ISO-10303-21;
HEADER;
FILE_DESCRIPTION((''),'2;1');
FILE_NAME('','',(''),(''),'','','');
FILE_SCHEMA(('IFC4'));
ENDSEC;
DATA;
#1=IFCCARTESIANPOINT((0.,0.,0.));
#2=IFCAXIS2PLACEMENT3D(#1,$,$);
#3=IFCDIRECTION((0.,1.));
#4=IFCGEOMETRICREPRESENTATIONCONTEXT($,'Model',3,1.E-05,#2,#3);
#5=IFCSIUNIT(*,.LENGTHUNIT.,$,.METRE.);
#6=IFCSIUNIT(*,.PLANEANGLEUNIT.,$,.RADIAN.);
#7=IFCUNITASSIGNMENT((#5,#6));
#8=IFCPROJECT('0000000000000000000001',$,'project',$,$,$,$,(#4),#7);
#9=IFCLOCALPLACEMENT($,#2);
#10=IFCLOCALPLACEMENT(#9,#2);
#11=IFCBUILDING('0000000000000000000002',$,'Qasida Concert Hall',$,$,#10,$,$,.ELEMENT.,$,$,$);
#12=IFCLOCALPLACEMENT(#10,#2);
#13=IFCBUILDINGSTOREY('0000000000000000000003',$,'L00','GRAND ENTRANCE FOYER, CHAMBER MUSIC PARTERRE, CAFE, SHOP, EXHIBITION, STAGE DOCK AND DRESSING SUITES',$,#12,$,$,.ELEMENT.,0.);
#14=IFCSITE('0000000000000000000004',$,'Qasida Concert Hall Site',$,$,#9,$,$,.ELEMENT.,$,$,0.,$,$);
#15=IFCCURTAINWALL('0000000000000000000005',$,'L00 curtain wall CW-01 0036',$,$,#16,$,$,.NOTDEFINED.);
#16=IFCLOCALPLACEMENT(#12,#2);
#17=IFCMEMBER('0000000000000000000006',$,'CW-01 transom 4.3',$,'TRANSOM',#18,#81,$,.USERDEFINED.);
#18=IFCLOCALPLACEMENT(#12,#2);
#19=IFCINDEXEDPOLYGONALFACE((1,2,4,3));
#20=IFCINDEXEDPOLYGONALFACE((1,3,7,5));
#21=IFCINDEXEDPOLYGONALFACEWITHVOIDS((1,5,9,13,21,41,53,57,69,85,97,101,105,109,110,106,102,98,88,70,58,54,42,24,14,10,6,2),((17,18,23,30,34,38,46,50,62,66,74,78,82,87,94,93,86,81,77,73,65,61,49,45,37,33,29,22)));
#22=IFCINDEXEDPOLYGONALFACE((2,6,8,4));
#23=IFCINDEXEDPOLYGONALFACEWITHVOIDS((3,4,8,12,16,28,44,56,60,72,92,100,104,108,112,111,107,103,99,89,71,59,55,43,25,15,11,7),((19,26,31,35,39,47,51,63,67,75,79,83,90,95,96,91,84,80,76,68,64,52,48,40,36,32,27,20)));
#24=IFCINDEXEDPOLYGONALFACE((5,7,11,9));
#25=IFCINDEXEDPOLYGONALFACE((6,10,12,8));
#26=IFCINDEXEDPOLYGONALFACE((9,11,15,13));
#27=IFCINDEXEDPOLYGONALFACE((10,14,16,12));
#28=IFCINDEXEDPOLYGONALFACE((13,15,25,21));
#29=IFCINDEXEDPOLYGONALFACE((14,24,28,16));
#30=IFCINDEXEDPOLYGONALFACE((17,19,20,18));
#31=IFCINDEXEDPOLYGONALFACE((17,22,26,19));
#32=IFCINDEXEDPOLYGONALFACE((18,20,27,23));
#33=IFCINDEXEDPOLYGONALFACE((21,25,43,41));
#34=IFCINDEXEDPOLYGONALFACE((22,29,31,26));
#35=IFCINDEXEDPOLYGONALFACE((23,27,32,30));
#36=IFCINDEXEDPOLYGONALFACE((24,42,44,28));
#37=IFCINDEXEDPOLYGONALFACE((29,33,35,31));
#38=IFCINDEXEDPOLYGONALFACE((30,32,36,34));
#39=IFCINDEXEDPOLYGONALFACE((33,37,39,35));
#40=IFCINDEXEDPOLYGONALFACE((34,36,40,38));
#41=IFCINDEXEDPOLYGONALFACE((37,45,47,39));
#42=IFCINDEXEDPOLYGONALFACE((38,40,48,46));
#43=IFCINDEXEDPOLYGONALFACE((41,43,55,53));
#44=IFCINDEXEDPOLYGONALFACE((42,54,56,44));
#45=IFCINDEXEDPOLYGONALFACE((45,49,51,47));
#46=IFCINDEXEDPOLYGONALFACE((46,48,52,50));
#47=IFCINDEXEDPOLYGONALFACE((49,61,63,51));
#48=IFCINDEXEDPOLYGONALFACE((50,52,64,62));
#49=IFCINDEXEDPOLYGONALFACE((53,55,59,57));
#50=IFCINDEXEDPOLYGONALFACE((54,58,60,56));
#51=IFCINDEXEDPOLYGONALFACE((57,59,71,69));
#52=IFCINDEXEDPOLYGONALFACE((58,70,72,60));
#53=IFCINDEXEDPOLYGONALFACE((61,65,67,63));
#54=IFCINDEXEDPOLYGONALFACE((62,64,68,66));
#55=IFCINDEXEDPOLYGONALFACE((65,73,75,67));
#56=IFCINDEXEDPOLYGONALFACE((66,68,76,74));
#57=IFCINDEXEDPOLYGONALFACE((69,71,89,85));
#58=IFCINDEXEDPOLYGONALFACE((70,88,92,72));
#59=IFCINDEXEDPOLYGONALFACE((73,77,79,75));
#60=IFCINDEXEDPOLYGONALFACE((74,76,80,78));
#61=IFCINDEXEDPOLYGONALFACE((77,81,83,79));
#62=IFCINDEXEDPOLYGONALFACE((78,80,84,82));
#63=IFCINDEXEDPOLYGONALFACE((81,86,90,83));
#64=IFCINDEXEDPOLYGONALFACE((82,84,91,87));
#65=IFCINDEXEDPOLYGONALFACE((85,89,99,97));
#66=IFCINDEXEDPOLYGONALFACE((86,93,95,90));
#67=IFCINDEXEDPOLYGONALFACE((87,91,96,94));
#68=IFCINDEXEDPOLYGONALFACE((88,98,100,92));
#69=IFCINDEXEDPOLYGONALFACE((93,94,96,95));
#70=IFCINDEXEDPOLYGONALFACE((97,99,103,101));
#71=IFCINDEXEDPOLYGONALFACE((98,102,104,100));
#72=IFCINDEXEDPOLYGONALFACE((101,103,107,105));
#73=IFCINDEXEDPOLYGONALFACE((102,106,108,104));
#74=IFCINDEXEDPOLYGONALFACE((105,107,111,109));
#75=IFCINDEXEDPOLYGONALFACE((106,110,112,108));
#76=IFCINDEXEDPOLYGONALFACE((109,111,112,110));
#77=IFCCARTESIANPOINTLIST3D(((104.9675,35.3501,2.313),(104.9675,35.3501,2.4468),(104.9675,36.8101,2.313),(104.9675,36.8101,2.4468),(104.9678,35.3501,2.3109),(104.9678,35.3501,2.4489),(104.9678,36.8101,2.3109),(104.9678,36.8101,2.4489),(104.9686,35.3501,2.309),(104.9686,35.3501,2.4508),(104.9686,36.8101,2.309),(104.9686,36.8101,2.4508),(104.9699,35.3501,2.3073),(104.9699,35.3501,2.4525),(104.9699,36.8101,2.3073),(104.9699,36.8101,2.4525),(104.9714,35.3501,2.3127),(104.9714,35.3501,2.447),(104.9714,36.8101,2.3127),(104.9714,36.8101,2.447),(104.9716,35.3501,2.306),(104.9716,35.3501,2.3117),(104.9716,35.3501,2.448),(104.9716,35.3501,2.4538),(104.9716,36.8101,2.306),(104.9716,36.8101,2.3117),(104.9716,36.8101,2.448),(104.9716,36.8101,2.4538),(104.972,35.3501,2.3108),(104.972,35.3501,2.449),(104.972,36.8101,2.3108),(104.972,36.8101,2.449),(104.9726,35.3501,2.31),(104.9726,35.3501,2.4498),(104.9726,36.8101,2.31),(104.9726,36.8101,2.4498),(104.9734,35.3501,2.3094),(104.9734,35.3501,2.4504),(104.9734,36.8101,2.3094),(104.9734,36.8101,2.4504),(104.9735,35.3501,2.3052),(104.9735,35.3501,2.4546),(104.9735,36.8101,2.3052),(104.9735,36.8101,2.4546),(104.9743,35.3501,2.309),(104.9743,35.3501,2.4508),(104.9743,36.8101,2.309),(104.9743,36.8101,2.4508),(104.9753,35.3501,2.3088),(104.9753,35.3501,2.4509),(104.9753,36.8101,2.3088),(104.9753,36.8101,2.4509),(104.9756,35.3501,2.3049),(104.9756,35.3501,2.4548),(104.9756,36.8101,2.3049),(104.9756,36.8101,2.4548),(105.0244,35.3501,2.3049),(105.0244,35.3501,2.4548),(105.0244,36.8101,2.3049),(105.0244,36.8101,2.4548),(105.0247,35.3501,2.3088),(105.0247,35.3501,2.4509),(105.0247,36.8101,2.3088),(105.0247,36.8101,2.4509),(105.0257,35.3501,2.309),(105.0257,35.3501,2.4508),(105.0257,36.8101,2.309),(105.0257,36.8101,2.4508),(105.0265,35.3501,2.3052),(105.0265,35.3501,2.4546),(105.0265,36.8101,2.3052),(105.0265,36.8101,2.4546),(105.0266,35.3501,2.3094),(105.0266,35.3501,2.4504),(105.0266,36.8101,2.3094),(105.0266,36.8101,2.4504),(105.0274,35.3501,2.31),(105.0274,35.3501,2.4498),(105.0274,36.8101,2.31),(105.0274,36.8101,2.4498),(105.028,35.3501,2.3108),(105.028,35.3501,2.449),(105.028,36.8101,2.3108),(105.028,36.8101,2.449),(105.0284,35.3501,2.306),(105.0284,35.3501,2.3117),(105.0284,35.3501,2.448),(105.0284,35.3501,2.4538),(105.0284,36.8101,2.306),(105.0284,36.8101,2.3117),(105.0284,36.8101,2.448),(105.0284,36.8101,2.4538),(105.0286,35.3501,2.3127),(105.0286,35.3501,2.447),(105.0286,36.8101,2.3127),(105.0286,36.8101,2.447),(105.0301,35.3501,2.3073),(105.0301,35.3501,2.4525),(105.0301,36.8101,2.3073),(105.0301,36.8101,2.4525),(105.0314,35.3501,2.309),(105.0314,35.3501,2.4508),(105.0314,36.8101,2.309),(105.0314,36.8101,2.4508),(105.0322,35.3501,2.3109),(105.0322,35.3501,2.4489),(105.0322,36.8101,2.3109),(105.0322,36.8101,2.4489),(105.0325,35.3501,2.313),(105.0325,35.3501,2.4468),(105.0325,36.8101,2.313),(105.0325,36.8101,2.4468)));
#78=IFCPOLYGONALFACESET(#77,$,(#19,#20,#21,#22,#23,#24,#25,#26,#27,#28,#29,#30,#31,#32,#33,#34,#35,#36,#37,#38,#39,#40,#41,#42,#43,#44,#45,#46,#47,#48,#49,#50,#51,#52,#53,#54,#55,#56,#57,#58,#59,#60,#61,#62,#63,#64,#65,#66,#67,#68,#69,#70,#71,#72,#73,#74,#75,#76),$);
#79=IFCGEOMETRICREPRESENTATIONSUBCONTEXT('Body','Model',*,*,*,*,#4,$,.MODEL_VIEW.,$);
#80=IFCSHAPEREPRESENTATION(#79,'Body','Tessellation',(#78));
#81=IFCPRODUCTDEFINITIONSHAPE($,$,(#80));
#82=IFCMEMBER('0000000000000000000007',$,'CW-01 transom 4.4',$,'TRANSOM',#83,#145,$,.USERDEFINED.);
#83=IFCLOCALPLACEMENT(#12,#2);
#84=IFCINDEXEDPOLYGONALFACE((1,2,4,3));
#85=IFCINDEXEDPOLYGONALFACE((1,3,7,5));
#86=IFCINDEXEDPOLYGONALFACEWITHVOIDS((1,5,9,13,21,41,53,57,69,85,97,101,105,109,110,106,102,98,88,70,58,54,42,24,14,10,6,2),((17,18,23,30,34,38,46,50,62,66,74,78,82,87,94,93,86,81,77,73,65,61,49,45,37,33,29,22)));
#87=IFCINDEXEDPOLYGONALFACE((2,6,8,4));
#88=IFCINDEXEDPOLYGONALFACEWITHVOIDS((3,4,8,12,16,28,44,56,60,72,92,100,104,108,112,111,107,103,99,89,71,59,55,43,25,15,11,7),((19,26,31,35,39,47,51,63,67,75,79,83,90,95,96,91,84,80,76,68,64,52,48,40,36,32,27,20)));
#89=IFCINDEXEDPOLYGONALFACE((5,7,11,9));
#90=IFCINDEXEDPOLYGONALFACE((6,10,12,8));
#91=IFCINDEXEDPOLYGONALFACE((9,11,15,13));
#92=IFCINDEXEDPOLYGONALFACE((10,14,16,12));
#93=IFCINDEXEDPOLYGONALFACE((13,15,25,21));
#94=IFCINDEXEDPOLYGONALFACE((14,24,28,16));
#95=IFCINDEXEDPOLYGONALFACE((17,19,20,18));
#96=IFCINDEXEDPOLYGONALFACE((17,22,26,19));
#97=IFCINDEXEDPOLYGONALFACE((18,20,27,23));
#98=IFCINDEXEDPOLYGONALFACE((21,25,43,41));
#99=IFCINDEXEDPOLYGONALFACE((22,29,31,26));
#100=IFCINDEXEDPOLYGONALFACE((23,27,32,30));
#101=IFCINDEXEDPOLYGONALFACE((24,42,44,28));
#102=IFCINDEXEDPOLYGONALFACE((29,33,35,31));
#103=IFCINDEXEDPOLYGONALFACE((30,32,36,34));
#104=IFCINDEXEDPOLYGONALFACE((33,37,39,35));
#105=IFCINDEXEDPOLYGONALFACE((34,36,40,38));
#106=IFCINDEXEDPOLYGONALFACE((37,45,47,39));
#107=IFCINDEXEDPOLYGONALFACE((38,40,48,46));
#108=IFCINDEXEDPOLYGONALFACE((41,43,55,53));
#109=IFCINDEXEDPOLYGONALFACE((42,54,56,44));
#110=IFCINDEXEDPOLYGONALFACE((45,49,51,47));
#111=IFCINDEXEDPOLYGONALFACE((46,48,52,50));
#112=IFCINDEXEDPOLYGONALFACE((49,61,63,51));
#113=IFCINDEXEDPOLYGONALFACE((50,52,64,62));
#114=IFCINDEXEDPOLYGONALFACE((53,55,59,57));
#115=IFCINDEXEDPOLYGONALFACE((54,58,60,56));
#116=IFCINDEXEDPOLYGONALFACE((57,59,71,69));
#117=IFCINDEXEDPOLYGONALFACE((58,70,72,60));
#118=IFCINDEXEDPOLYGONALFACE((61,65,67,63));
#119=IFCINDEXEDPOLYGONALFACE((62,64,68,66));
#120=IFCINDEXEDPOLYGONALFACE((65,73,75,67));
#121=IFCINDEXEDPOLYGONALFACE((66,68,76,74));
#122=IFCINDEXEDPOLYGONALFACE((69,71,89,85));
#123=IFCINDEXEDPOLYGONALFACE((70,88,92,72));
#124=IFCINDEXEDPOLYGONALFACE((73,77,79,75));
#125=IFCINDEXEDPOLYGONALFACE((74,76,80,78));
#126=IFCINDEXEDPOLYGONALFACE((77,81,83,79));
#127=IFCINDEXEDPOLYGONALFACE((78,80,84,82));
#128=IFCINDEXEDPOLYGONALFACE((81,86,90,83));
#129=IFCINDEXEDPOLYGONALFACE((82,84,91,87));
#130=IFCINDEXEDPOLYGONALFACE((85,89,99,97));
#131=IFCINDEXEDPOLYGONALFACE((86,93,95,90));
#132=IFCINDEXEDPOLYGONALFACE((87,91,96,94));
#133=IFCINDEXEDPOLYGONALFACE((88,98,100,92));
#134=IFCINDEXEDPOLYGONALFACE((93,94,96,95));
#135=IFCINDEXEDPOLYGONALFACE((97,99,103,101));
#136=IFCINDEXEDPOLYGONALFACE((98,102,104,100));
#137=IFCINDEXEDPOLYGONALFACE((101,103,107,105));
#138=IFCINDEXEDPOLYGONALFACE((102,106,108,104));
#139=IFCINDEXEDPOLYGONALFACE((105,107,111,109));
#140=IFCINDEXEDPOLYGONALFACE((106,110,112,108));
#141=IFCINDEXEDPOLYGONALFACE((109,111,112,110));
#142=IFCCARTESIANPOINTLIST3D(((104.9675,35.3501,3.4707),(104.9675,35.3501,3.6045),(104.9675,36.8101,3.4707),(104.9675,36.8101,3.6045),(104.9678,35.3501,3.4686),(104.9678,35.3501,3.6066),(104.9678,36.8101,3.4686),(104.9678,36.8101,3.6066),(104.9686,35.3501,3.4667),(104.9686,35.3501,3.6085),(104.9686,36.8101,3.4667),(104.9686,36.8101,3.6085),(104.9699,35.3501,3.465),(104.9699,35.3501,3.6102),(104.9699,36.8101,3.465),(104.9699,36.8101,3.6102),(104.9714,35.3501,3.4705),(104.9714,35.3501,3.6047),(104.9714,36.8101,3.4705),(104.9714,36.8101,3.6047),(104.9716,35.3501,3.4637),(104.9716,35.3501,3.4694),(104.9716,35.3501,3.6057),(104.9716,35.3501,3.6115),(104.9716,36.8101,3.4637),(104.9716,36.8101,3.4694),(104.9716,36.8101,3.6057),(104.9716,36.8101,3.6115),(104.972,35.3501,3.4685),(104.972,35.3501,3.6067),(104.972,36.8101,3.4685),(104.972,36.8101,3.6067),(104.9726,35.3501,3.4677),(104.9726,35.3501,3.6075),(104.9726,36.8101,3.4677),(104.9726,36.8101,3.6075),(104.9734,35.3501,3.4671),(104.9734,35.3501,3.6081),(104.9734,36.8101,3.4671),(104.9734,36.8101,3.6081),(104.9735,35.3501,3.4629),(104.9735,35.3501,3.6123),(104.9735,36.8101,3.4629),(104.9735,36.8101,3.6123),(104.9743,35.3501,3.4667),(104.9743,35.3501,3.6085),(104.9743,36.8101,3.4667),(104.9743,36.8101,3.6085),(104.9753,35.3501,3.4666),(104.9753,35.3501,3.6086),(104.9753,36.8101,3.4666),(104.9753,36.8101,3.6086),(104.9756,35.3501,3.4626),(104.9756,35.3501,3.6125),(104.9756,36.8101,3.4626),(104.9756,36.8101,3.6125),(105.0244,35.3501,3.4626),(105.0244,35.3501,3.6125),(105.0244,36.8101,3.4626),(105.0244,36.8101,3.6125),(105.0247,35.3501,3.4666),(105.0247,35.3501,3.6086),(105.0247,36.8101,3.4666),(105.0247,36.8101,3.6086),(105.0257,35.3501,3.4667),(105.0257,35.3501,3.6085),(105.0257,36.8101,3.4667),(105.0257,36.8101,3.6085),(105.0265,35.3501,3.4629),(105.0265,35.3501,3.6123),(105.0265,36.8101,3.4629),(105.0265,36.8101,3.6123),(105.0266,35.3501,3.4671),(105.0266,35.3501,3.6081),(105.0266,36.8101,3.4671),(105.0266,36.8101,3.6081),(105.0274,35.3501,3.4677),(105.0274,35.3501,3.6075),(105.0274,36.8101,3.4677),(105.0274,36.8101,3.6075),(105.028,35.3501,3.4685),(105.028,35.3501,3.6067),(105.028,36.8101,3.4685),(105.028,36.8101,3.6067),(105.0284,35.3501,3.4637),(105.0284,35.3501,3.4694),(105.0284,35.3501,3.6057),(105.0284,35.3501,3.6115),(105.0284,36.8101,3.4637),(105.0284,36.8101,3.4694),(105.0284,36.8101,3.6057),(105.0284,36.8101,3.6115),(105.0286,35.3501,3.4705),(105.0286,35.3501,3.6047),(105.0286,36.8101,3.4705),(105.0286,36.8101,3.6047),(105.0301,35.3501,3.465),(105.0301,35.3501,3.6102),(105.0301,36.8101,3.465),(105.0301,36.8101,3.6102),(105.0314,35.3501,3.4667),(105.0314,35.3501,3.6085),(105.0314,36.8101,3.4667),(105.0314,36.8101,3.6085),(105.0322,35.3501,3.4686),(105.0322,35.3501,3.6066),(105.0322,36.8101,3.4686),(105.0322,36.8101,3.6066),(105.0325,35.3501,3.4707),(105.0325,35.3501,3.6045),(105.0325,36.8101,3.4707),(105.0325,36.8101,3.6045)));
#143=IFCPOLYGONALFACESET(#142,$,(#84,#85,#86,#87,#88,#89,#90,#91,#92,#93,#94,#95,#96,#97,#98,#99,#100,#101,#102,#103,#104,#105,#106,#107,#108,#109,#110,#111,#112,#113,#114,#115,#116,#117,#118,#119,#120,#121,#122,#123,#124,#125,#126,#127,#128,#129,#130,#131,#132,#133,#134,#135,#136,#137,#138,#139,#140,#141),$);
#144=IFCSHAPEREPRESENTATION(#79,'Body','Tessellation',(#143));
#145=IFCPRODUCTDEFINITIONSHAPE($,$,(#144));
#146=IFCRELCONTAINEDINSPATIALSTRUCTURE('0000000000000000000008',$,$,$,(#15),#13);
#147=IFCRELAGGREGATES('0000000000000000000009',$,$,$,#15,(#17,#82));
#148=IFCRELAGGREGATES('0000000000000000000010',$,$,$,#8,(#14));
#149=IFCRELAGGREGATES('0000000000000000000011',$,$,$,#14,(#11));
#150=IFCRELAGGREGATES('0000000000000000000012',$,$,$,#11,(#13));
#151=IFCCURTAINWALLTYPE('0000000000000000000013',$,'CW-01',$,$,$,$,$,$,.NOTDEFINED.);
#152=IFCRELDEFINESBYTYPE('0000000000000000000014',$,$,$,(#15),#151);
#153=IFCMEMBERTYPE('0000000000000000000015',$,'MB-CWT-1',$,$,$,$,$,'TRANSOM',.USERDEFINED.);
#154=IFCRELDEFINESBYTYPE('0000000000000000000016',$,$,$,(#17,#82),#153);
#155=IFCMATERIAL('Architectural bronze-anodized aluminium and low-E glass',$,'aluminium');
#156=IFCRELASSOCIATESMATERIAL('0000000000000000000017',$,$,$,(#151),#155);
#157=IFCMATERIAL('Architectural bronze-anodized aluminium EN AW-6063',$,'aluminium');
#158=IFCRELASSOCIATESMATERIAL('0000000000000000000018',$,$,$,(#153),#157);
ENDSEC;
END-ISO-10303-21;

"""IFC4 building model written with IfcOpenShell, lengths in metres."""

from ifc_helpers import new_model, si_unit, direction, frame, origin, origin_2d, place, context, subcontext, project, spatial, hollow_rectangle, extrude, material, material_profile, profile_set, type_object, element, aggregate, save


model = new_model("IFC4")

# Units and contexts
model_context = context("Model", 3, precision=1e-05, world=origin(), true_north=direction((0.0, 1.0)))
body_context = subcontext(model_context, "Body", "Model", "MODEL_VIEW")
ifc_project = project(units=[si_unit("LENGTHUNIT", "METRE"), si_unit("PLANEANGLEUNIT", "RADIAN")], contexts=[model_context])

# Site, building, storey
site_placement = place(None, origin())
site = spatial("IfcSite", under=ifc_project, at=site_placement, Name="Qasida Concert Hall Site", CompositionType="ELEMENT", RefElevation=0.0)
building_placement = place(site_placement, origin())
building = spatial("IfcBuilding", under=site, at=building_placement, Name="Qasida Concert Hall", CompositionType="ELEMENT")
storey_placement = place(building_placement, origin())
storey = spatial("IfcBuildingStorey", under=building, at=storey_placement, Name="L00", Description="GRAND ENTRANCE FOYER, CHAMBER MUSIC PARTERRE, CAFE, SHOP, EXHIBITION, STAGE DOCK AND DRESSING SUITES", CompositionType="ELEMENT", Elevation=0.0)

# Curtain wall
ifc_material_1 = material(Name="Architectural bronze-anodized aluminium and low-E glass", Category="aluminium")
curtain_wall_type = type_object("IfcCurtainWallType", Name="CW-01", PredefinedType="NOTDEFINED", material=ifc_material_1)
curtain_wall_1_placement = place(storey_placement, origin())
curtain_wall_1 = element("IfcCurtainWall", 1, at=curtain_wall_1_placement, inside=storey, type_object=curtain_wall_type, Name="L00 curtain wall CW-01 0036", PredefinedType="NOTDEFINED")
ifc_material_2 = material(Name="Architectural bronze-anodized aluminium EN AW-6063", Category="aluminium")

# Members
ifc_material_profile_1 = material_profile(ifc_material_2, hollow_rectangle(XDim=0.0649, YDim=0.1499, WallThickness=0.0039, InnerFilletRadius=0.0039, OuterFilletRadius=0.0081, at=origin_2d()), Name="CWT 150x65x4")
ifc_profile_set_1 = profile_set([ifc_material_profile_1], Name="Architectural bronze-anodized aluminium EN AW-6063")
member_type_1 = type_object("IfcMemberType", Name="MB-CWT-1", ElementType="TRANSOM", PredefinedType="USERDEFINED", material=ifc_profile_set_1)
member_1_placement = place(storey_placement, frame((105.0, 35.3501, 2.3799), z_axis=(0.0, 1.0, 0.0), x_axis=(-1.0, 0.0, 0.0)))
member_1 = element("IfcMember", 2, at=member_1_placement, type_object=member_type_1, Name="CW-01 transom 4.3", ObjectType="TRANSOM", PredefinedType="USERDEFINED", context=body_context, shape_type="SweptSolid", body=[
    extrude(hollow_rectangle(XDim=0.0649, YDim=0.1499, WallThickness=0.0039, InnerFilletRadius=0.0039, OuterFilletRadius=0.0081, at=origin_2d()), origin(), (0.0, 0.0, 1.0), 1.46),
])
member_2_placement = place(storey_placement, frame((105.0, 35.3501, 3.5376), z_axis=(0.0, 1.0, 0.0), x_axis=(-1.0, 0.0, 0.0)))
member_2 = element("IfcMember", 3, at=member_2_placement, type_object=member_type_1, Name="CW-01 transom 4.4", ObjectType="TRANSOM", PredefinedType="USERDEFINED", context=body_context, shape_type="SweptSolid", body=[
    extrude(hollow_rectangle(XDim=0.0649, YDim=0.1499, WallThickness=0.0039, InnerFilletRadius=0.0039, OuterFilletRadius=0.0081, at=origin_2d()), origin(), (0.0, 0.0, 1.0), 1.46),
])

aggregate(curtain_wall_1, [member_1, member_2])

save(model, "model.ifc")
